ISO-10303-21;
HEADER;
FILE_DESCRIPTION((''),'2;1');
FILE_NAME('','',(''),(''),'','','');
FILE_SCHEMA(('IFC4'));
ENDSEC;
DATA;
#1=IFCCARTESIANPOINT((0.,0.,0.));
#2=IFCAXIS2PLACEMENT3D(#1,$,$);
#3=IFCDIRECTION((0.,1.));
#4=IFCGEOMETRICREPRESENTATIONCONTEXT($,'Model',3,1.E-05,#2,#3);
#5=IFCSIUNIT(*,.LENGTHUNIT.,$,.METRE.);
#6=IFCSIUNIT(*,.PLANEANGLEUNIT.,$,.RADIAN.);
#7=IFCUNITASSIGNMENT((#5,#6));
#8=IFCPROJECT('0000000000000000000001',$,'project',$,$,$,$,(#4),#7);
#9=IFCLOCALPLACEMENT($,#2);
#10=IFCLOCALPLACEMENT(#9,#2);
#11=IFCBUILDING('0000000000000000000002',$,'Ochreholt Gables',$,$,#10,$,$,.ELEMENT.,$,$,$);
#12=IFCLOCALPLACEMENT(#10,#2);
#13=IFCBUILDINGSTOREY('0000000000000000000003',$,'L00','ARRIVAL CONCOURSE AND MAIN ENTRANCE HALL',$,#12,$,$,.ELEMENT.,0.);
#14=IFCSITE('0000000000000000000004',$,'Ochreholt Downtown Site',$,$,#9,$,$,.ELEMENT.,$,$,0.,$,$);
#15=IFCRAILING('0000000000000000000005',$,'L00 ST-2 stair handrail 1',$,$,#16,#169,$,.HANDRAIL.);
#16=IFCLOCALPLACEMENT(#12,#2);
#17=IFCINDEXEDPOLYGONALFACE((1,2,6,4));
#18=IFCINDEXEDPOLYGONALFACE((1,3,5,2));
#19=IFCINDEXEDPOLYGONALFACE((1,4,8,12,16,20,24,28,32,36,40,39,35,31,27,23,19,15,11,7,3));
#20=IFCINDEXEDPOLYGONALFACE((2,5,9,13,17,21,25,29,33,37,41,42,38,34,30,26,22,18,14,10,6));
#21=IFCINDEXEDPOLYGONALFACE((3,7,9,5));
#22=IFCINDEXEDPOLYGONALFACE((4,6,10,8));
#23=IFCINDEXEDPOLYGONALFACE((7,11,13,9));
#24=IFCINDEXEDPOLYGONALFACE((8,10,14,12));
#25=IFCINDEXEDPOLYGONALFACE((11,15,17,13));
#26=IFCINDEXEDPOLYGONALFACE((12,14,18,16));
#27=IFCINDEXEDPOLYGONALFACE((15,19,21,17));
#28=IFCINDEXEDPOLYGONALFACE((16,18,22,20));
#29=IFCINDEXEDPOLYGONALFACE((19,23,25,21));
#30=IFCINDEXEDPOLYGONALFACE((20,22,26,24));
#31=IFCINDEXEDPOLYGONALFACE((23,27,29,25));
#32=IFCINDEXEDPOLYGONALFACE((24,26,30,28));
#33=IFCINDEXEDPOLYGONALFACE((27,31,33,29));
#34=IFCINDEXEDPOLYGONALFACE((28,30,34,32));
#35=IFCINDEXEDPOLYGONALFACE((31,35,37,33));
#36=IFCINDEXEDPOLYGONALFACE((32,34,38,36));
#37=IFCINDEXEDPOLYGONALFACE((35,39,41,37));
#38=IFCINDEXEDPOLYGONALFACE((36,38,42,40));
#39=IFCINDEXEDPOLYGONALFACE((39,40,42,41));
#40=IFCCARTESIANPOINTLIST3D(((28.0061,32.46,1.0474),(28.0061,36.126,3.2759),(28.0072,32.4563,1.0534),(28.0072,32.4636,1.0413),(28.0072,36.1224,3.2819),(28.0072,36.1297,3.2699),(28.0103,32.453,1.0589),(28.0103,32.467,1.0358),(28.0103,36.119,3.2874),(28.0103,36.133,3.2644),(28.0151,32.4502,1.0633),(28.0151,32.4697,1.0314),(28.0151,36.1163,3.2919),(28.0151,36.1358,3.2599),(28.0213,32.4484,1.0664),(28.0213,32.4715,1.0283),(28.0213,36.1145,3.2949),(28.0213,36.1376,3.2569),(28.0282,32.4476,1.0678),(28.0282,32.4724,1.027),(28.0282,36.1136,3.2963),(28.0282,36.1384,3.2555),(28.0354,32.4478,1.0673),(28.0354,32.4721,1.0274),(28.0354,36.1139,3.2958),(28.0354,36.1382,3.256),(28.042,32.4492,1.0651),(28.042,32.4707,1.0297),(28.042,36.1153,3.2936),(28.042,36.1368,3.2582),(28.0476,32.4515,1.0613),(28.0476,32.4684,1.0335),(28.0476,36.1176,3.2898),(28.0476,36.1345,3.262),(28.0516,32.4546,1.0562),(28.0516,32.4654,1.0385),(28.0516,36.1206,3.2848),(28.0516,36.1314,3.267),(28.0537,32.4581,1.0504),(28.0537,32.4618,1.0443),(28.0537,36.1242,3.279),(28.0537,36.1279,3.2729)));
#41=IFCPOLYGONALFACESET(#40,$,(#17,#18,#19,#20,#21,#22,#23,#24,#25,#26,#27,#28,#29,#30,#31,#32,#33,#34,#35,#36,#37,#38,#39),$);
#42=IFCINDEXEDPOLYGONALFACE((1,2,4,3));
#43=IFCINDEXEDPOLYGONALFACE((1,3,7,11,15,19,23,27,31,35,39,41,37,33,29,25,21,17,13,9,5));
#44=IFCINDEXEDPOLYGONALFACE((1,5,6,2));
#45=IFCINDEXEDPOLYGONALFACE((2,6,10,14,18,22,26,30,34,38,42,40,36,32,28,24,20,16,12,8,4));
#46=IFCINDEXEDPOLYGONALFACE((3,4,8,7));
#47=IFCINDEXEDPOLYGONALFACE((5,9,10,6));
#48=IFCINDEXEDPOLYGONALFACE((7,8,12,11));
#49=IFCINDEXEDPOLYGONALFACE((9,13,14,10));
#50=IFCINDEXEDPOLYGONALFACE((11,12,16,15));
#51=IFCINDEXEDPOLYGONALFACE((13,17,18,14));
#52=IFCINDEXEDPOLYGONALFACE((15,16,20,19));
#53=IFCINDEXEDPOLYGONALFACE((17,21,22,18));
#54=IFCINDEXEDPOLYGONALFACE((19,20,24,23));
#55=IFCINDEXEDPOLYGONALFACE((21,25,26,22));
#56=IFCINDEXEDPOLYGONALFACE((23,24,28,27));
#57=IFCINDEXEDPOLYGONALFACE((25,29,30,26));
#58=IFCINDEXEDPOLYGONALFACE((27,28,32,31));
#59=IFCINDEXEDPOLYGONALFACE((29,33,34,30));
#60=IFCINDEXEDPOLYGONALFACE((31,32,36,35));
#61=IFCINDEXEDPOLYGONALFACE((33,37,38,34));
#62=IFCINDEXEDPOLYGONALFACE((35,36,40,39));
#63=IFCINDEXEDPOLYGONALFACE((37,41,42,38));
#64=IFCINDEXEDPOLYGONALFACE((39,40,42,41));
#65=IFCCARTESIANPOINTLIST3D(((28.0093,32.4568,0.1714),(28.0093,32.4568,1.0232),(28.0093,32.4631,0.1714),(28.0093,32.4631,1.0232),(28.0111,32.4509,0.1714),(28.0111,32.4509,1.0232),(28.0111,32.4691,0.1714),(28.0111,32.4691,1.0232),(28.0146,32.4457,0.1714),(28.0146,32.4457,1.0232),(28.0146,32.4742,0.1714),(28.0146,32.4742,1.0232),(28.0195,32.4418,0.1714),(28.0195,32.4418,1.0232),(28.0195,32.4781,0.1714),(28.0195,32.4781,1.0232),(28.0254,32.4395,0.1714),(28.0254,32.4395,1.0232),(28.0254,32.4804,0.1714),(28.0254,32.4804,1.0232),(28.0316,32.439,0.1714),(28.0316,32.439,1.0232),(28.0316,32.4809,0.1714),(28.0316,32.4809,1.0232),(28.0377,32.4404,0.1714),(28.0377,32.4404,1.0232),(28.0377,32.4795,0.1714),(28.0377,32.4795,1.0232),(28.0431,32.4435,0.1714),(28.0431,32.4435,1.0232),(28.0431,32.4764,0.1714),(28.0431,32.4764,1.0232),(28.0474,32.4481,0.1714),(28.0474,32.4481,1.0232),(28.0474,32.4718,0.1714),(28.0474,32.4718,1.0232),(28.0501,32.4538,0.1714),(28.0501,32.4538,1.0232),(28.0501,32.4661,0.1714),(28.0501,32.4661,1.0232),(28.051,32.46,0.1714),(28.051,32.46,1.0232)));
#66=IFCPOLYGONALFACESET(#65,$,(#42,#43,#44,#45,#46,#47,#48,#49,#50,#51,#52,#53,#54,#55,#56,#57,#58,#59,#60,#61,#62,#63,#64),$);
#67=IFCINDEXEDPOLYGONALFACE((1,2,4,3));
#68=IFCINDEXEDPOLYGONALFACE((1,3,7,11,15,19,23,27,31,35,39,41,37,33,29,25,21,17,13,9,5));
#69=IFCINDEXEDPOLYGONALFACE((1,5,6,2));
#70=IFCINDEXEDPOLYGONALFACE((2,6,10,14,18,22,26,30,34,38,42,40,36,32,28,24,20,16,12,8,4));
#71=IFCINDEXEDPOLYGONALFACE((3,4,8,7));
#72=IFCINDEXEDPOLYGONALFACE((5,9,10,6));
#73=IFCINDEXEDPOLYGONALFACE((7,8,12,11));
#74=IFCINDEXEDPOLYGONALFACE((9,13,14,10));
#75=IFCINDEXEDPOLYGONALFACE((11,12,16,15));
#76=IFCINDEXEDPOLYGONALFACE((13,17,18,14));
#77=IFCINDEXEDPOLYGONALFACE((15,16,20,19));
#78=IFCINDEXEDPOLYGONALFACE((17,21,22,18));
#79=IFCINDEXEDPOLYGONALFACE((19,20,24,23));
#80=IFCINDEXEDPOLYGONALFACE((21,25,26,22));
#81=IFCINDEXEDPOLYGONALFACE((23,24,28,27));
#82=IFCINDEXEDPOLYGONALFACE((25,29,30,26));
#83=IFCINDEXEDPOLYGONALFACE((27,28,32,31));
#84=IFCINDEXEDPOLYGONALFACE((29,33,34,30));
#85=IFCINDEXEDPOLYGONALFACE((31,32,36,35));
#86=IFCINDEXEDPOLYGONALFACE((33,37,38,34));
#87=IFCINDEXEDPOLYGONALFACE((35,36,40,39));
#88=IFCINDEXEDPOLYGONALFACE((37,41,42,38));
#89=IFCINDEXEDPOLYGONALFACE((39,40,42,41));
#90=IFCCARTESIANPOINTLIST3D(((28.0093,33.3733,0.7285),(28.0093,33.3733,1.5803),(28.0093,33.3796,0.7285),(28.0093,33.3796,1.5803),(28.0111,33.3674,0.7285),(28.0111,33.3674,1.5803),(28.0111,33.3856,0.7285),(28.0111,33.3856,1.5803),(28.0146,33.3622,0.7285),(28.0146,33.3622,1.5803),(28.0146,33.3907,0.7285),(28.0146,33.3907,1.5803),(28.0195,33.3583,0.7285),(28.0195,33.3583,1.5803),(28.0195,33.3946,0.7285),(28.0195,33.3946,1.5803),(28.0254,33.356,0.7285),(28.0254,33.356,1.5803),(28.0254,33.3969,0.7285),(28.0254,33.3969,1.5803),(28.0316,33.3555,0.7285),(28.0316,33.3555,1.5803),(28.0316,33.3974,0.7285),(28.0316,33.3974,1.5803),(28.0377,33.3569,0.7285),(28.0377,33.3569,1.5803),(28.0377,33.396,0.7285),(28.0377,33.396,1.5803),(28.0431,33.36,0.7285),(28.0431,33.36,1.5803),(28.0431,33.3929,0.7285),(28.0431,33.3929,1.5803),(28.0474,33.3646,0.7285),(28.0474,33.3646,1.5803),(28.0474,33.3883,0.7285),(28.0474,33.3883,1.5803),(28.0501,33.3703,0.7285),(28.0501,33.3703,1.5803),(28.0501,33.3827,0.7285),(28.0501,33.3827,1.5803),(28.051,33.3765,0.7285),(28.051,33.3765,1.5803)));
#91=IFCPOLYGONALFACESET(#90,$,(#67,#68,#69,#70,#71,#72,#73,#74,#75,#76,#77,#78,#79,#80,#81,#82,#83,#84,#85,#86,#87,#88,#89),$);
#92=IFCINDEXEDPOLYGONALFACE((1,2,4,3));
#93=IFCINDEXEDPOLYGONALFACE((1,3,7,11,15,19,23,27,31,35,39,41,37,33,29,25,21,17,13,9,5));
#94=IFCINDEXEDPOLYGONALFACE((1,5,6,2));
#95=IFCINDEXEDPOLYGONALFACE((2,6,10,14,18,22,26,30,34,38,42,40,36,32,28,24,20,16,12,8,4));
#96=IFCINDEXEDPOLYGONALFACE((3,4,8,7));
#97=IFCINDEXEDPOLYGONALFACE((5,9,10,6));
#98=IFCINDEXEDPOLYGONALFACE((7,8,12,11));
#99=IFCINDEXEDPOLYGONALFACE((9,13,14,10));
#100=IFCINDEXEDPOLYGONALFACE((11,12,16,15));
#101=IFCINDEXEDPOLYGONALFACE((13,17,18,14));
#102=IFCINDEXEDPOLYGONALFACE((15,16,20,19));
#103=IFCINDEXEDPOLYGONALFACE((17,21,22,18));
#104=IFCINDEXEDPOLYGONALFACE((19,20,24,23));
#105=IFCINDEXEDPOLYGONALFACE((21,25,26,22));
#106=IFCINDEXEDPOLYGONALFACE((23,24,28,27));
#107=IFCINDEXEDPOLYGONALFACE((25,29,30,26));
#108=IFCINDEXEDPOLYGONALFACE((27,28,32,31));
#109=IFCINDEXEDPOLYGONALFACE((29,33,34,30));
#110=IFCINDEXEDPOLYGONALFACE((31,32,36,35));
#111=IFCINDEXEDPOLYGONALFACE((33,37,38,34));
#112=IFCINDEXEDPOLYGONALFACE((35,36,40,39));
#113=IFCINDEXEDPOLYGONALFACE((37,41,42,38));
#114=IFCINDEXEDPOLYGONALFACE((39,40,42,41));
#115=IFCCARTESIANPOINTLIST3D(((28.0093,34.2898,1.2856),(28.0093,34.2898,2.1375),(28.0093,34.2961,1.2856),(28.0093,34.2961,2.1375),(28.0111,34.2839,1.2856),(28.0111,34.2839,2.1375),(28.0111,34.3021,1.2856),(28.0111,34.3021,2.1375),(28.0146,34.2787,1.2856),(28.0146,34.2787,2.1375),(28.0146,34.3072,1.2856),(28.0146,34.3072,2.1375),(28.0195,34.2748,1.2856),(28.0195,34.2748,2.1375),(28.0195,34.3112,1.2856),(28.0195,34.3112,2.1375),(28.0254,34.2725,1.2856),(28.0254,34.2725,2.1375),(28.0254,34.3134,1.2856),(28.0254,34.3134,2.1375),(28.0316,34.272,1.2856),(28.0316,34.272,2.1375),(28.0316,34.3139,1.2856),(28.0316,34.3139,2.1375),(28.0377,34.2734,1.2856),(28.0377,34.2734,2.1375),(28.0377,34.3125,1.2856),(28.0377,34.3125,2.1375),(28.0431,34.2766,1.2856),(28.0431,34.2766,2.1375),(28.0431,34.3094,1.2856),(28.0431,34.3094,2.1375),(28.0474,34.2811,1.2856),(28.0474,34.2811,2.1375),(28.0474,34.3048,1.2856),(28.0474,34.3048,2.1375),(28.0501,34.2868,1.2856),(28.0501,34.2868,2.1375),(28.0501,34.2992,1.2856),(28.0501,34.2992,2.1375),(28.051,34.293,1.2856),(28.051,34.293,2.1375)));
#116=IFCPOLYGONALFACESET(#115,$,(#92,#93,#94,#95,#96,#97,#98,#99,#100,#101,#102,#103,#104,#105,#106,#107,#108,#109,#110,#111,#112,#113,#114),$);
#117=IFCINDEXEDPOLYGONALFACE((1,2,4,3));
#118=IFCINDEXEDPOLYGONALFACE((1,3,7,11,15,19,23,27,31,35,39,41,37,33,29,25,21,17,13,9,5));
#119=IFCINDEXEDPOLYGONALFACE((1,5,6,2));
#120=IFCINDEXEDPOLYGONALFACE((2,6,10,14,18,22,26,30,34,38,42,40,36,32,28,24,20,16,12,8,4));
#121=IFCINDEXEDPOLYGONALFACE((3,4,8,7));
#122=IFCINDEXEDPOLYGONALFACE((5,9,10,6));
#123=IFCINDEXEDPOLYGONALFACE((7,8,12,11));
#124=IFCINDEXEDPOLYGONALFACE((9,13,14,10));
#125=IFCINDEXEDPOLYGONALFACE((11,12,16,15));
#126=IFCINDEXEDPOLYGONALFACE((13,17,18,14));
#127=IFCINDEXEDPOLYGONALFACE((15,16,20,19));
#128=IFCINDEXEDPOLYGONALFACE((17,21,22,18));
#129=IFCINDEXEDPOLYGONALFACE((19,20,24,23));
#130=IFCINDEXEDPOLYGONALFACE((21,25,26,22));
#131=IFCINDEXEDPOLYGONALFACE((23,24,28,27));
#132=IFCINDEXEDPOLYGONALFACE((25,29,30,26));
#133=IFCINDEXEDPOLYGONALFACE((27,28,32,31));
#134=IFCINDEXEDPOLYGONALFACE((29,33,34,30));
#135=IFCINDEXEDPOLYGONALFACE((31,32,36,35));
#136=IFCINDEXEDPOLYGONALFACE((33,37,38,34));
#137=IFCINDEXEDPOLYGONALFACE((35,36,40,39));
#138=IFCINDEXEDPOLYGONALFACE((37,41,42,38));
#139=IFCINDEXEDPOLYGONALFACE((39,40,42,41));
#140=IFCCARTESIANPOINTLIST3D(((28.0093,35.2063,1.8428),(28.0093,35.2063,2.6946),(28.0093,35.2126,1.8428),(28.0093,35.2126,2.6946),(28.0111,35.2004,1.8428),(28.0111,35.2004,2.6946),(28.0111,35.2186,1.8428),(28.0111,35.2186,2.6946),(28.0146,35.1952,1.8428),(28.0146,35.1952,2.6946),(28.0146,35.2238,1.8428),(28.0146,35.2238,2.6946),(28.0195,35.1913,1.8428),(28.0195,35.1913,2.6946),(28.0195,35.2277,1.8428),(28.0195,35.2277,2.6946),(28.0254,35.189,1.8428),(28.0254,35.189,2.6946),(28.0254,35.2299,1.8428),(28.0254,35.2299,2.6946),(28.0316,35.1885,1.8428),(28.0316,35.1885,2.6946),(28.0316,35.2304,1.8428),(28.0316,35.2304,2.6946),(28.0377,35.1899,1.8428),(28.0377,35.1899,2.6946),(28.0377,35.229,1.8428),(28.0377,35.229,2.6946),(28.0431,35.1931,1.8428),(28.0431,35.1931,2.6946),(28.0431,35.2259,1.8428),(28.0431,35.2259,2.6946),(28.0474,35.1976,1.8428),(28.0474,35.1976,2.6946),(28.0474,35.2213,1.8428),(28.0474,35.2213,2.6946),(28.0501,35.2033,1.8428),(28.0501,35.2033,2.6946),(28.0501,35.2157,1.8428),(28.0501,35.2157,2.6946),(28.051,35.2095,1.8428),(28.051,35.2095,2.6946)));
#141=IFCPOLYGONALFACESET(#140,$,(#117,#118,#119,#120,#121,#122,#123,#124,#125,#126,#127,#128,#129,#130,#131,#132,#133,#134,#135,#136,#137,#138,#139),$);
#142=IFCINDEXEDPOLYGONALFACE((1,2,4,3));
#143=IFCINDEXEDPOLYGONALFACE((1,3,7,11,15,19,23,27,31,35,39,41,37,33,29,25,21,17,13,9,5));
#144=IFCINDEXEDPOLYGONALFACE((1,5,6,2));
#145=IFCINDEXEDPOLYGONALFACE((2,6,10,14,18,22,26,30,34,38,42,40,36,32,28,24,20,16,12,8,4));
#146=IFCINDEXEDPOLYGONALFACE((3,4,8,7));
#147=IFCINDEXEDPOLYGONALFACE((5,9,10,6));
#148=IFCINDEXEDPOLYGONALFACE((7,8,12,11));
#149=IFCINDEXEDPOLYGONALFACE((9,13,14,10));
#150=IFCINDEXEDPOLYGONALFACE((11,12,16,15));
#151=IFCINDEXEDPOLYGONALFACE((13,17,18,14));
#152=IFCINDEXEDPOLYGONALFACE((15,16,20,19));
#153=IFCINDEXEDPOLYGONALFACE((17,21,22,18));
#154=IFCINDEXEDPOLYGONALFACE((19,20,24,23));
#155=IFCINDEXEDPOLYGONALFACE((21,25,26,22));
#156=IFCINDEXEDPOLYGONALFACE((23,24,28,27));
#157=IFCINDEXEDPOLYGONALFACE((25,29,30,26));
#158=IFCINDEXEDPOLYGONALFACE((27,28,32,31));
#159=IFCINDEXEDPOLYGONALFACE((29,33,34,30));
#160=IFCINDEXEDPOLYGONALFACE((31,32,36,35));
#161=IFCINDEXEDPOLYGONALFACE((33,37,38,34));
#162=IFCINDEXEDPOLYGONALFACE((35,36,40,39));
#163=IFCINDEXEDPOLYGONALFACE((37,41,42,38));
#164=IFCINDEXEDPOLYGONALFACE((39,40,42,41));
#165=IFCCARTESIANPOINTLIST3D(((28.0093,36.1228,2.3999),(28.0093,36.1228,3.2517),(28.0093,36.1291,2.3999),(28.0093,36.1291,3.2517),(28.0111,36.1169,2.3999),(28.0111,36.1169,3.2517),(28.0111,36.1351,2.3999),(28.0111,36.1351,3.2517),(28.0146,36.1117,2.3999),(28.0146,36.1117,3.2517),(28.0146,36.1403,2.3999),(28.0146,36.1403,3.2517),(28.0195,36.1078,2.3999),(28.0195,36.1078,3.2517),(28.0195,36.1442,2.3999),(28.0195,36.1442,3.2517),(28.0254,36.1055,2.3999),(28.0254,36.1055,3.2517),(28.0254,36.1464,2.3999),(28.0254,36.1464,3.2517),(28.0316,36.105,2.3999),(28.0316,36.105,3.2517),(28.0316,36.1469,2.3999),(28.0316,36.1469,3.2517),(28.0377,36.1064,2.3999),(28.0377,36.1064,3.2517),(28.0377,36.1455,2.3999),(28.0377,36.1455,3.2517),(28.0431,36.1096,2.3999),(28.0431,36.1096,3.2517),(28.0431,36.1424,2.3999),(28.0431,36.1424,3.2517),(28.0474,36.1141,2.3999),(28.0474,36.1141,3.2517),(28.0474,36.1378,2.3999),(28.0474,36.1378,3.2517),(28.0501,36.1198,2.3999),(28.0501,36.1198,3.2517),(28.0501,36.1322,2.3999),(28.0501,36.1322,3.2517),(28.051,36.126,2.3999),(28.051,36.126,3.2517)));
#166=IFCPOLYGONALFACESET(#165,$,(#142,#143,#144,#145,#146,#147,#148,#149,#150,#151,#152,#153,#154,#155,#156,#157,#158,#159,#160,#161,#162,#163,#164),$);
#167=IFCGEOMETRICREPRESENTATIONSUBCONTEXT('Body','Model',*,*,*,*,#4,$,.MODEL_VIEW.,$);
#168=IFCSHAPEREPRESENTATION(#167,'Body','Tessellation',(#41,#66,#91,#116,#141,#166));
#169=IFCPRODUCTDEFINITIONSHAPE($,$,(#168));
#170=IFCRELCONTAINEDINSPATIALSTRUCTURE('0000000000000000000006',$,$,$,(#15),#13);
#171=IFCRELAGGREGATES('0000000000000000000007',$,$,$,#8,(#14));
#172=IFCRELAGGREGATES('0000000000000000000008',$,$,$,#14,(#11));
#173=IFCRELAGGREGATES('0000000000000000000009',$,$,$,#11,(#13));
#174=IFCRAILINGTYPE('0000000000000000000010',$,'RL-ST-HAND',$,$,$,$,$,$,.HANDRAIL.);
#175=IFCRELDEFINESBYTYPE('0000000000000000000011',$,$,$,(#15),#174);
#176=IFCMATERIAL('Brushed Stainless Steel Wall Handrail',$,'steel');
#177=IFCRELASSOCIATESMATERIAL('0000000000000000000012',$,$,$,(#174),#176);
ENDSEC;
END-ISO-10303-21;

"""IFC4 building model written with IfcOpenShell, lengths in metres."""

from ifc_helpers import new_model, si_unit, direction, frame, origin, origin_2d, place, context, subcontext, project, spatial, circle, extrude, material, type_object, element, save


model = new_model("IFC4")

# Units and contexts
model_context = context("Model", 3, precision=1e-05, world=origin(), true_north=direction((0.0, 1.0)))
body_context = subcontext(model_context, "Body", "Model", "MODEL_VIEW")
ifc_project = project(units=[si_unit("LENGTHUNIT", "METRE"), si_unit("PLANEANGLEUNIT", "RADIAN")], contexts=[model_context])

# Site, building, storey
site_placement = place(None, origin())
site = spatial("IfcSite", under=ifc_project, at=site_placement, Name="Ochreholt Downtown Site", CompositionType="ELEMENT", RefElevation=0.0)
building_placement = place(site_placement, origin())
building = spatial("IfcBuilding", under=site, at=building_placement, Name="Ochreholt Gables", CompositionType="ELEMENT")
storey_placement = place(building_placement, origin())
storey = spatial("IfcBuildingStorey", under=building, at=storey_placement, Name="L00", Description="ARRIVAL CONCOURSE AND MAIN ENTRANCE HALL", CompositionType="ELEMENT", Elevation=0.0)

# Railing
ifc_material_1 = material(Name="Brushed Stainless Steel Wall Handrail", Category="steel")
railing_type_1 = type_object("IfcRailingType", Name="RL-ST-HAND", PredefinedType="HANDRAIL", material=ifc_material_1)
railing_1_placement = place(storey_placement, frame((28.03, 32.46, 0.1714)))
element("IfcRailing", 1, at=railing_1_placement, inside=storey, type_object=railing_type_1, Name="L00 ST-2 stair handrail 1", PredefinedType="HANDRAIL", context=body_context, shape_type="SweptSolid", body=[
    extrude(circle(Radius=0.0239, at=origin_2d()), frame((0.0, 0.0, 0.876), z_axis=(0.0, 0.854506, 0.519441), x_axis=(-1.0, 0.0, 0.0)), (0.0, 0.0, 1.0), 4.2903),
    extrude(circle(Radius=0.021, at=origin_2d()), origin(), (0.0, 0.0, 1.0), 0.8518),
    extrude(circle(Radius=0.021, at=origin_2d()), frame((0.0, 0.9165, 0.5571)), (0.0, 0.0, 1.0), 0.8518),
    extrude(circle(Radius=0.021, at=origin_2d()), frame((0.0, 1.833, 1.1143)), (0.0, 0.0, 1.0), 0.8518),
    extrude(circle(Radius=0.021, at=origin_2d()), frame((0.0, 2.7495, 1.6714)), (0.0, 0.0, 1.0), 0.8518),
    extrude(circle(Radius=0.021, at=origin_2d()), frame((0.0, 3.666, 2.2285)), (0.0, 0.0, 1.0), 0.8518),
])

save(model, "model.ifc")
